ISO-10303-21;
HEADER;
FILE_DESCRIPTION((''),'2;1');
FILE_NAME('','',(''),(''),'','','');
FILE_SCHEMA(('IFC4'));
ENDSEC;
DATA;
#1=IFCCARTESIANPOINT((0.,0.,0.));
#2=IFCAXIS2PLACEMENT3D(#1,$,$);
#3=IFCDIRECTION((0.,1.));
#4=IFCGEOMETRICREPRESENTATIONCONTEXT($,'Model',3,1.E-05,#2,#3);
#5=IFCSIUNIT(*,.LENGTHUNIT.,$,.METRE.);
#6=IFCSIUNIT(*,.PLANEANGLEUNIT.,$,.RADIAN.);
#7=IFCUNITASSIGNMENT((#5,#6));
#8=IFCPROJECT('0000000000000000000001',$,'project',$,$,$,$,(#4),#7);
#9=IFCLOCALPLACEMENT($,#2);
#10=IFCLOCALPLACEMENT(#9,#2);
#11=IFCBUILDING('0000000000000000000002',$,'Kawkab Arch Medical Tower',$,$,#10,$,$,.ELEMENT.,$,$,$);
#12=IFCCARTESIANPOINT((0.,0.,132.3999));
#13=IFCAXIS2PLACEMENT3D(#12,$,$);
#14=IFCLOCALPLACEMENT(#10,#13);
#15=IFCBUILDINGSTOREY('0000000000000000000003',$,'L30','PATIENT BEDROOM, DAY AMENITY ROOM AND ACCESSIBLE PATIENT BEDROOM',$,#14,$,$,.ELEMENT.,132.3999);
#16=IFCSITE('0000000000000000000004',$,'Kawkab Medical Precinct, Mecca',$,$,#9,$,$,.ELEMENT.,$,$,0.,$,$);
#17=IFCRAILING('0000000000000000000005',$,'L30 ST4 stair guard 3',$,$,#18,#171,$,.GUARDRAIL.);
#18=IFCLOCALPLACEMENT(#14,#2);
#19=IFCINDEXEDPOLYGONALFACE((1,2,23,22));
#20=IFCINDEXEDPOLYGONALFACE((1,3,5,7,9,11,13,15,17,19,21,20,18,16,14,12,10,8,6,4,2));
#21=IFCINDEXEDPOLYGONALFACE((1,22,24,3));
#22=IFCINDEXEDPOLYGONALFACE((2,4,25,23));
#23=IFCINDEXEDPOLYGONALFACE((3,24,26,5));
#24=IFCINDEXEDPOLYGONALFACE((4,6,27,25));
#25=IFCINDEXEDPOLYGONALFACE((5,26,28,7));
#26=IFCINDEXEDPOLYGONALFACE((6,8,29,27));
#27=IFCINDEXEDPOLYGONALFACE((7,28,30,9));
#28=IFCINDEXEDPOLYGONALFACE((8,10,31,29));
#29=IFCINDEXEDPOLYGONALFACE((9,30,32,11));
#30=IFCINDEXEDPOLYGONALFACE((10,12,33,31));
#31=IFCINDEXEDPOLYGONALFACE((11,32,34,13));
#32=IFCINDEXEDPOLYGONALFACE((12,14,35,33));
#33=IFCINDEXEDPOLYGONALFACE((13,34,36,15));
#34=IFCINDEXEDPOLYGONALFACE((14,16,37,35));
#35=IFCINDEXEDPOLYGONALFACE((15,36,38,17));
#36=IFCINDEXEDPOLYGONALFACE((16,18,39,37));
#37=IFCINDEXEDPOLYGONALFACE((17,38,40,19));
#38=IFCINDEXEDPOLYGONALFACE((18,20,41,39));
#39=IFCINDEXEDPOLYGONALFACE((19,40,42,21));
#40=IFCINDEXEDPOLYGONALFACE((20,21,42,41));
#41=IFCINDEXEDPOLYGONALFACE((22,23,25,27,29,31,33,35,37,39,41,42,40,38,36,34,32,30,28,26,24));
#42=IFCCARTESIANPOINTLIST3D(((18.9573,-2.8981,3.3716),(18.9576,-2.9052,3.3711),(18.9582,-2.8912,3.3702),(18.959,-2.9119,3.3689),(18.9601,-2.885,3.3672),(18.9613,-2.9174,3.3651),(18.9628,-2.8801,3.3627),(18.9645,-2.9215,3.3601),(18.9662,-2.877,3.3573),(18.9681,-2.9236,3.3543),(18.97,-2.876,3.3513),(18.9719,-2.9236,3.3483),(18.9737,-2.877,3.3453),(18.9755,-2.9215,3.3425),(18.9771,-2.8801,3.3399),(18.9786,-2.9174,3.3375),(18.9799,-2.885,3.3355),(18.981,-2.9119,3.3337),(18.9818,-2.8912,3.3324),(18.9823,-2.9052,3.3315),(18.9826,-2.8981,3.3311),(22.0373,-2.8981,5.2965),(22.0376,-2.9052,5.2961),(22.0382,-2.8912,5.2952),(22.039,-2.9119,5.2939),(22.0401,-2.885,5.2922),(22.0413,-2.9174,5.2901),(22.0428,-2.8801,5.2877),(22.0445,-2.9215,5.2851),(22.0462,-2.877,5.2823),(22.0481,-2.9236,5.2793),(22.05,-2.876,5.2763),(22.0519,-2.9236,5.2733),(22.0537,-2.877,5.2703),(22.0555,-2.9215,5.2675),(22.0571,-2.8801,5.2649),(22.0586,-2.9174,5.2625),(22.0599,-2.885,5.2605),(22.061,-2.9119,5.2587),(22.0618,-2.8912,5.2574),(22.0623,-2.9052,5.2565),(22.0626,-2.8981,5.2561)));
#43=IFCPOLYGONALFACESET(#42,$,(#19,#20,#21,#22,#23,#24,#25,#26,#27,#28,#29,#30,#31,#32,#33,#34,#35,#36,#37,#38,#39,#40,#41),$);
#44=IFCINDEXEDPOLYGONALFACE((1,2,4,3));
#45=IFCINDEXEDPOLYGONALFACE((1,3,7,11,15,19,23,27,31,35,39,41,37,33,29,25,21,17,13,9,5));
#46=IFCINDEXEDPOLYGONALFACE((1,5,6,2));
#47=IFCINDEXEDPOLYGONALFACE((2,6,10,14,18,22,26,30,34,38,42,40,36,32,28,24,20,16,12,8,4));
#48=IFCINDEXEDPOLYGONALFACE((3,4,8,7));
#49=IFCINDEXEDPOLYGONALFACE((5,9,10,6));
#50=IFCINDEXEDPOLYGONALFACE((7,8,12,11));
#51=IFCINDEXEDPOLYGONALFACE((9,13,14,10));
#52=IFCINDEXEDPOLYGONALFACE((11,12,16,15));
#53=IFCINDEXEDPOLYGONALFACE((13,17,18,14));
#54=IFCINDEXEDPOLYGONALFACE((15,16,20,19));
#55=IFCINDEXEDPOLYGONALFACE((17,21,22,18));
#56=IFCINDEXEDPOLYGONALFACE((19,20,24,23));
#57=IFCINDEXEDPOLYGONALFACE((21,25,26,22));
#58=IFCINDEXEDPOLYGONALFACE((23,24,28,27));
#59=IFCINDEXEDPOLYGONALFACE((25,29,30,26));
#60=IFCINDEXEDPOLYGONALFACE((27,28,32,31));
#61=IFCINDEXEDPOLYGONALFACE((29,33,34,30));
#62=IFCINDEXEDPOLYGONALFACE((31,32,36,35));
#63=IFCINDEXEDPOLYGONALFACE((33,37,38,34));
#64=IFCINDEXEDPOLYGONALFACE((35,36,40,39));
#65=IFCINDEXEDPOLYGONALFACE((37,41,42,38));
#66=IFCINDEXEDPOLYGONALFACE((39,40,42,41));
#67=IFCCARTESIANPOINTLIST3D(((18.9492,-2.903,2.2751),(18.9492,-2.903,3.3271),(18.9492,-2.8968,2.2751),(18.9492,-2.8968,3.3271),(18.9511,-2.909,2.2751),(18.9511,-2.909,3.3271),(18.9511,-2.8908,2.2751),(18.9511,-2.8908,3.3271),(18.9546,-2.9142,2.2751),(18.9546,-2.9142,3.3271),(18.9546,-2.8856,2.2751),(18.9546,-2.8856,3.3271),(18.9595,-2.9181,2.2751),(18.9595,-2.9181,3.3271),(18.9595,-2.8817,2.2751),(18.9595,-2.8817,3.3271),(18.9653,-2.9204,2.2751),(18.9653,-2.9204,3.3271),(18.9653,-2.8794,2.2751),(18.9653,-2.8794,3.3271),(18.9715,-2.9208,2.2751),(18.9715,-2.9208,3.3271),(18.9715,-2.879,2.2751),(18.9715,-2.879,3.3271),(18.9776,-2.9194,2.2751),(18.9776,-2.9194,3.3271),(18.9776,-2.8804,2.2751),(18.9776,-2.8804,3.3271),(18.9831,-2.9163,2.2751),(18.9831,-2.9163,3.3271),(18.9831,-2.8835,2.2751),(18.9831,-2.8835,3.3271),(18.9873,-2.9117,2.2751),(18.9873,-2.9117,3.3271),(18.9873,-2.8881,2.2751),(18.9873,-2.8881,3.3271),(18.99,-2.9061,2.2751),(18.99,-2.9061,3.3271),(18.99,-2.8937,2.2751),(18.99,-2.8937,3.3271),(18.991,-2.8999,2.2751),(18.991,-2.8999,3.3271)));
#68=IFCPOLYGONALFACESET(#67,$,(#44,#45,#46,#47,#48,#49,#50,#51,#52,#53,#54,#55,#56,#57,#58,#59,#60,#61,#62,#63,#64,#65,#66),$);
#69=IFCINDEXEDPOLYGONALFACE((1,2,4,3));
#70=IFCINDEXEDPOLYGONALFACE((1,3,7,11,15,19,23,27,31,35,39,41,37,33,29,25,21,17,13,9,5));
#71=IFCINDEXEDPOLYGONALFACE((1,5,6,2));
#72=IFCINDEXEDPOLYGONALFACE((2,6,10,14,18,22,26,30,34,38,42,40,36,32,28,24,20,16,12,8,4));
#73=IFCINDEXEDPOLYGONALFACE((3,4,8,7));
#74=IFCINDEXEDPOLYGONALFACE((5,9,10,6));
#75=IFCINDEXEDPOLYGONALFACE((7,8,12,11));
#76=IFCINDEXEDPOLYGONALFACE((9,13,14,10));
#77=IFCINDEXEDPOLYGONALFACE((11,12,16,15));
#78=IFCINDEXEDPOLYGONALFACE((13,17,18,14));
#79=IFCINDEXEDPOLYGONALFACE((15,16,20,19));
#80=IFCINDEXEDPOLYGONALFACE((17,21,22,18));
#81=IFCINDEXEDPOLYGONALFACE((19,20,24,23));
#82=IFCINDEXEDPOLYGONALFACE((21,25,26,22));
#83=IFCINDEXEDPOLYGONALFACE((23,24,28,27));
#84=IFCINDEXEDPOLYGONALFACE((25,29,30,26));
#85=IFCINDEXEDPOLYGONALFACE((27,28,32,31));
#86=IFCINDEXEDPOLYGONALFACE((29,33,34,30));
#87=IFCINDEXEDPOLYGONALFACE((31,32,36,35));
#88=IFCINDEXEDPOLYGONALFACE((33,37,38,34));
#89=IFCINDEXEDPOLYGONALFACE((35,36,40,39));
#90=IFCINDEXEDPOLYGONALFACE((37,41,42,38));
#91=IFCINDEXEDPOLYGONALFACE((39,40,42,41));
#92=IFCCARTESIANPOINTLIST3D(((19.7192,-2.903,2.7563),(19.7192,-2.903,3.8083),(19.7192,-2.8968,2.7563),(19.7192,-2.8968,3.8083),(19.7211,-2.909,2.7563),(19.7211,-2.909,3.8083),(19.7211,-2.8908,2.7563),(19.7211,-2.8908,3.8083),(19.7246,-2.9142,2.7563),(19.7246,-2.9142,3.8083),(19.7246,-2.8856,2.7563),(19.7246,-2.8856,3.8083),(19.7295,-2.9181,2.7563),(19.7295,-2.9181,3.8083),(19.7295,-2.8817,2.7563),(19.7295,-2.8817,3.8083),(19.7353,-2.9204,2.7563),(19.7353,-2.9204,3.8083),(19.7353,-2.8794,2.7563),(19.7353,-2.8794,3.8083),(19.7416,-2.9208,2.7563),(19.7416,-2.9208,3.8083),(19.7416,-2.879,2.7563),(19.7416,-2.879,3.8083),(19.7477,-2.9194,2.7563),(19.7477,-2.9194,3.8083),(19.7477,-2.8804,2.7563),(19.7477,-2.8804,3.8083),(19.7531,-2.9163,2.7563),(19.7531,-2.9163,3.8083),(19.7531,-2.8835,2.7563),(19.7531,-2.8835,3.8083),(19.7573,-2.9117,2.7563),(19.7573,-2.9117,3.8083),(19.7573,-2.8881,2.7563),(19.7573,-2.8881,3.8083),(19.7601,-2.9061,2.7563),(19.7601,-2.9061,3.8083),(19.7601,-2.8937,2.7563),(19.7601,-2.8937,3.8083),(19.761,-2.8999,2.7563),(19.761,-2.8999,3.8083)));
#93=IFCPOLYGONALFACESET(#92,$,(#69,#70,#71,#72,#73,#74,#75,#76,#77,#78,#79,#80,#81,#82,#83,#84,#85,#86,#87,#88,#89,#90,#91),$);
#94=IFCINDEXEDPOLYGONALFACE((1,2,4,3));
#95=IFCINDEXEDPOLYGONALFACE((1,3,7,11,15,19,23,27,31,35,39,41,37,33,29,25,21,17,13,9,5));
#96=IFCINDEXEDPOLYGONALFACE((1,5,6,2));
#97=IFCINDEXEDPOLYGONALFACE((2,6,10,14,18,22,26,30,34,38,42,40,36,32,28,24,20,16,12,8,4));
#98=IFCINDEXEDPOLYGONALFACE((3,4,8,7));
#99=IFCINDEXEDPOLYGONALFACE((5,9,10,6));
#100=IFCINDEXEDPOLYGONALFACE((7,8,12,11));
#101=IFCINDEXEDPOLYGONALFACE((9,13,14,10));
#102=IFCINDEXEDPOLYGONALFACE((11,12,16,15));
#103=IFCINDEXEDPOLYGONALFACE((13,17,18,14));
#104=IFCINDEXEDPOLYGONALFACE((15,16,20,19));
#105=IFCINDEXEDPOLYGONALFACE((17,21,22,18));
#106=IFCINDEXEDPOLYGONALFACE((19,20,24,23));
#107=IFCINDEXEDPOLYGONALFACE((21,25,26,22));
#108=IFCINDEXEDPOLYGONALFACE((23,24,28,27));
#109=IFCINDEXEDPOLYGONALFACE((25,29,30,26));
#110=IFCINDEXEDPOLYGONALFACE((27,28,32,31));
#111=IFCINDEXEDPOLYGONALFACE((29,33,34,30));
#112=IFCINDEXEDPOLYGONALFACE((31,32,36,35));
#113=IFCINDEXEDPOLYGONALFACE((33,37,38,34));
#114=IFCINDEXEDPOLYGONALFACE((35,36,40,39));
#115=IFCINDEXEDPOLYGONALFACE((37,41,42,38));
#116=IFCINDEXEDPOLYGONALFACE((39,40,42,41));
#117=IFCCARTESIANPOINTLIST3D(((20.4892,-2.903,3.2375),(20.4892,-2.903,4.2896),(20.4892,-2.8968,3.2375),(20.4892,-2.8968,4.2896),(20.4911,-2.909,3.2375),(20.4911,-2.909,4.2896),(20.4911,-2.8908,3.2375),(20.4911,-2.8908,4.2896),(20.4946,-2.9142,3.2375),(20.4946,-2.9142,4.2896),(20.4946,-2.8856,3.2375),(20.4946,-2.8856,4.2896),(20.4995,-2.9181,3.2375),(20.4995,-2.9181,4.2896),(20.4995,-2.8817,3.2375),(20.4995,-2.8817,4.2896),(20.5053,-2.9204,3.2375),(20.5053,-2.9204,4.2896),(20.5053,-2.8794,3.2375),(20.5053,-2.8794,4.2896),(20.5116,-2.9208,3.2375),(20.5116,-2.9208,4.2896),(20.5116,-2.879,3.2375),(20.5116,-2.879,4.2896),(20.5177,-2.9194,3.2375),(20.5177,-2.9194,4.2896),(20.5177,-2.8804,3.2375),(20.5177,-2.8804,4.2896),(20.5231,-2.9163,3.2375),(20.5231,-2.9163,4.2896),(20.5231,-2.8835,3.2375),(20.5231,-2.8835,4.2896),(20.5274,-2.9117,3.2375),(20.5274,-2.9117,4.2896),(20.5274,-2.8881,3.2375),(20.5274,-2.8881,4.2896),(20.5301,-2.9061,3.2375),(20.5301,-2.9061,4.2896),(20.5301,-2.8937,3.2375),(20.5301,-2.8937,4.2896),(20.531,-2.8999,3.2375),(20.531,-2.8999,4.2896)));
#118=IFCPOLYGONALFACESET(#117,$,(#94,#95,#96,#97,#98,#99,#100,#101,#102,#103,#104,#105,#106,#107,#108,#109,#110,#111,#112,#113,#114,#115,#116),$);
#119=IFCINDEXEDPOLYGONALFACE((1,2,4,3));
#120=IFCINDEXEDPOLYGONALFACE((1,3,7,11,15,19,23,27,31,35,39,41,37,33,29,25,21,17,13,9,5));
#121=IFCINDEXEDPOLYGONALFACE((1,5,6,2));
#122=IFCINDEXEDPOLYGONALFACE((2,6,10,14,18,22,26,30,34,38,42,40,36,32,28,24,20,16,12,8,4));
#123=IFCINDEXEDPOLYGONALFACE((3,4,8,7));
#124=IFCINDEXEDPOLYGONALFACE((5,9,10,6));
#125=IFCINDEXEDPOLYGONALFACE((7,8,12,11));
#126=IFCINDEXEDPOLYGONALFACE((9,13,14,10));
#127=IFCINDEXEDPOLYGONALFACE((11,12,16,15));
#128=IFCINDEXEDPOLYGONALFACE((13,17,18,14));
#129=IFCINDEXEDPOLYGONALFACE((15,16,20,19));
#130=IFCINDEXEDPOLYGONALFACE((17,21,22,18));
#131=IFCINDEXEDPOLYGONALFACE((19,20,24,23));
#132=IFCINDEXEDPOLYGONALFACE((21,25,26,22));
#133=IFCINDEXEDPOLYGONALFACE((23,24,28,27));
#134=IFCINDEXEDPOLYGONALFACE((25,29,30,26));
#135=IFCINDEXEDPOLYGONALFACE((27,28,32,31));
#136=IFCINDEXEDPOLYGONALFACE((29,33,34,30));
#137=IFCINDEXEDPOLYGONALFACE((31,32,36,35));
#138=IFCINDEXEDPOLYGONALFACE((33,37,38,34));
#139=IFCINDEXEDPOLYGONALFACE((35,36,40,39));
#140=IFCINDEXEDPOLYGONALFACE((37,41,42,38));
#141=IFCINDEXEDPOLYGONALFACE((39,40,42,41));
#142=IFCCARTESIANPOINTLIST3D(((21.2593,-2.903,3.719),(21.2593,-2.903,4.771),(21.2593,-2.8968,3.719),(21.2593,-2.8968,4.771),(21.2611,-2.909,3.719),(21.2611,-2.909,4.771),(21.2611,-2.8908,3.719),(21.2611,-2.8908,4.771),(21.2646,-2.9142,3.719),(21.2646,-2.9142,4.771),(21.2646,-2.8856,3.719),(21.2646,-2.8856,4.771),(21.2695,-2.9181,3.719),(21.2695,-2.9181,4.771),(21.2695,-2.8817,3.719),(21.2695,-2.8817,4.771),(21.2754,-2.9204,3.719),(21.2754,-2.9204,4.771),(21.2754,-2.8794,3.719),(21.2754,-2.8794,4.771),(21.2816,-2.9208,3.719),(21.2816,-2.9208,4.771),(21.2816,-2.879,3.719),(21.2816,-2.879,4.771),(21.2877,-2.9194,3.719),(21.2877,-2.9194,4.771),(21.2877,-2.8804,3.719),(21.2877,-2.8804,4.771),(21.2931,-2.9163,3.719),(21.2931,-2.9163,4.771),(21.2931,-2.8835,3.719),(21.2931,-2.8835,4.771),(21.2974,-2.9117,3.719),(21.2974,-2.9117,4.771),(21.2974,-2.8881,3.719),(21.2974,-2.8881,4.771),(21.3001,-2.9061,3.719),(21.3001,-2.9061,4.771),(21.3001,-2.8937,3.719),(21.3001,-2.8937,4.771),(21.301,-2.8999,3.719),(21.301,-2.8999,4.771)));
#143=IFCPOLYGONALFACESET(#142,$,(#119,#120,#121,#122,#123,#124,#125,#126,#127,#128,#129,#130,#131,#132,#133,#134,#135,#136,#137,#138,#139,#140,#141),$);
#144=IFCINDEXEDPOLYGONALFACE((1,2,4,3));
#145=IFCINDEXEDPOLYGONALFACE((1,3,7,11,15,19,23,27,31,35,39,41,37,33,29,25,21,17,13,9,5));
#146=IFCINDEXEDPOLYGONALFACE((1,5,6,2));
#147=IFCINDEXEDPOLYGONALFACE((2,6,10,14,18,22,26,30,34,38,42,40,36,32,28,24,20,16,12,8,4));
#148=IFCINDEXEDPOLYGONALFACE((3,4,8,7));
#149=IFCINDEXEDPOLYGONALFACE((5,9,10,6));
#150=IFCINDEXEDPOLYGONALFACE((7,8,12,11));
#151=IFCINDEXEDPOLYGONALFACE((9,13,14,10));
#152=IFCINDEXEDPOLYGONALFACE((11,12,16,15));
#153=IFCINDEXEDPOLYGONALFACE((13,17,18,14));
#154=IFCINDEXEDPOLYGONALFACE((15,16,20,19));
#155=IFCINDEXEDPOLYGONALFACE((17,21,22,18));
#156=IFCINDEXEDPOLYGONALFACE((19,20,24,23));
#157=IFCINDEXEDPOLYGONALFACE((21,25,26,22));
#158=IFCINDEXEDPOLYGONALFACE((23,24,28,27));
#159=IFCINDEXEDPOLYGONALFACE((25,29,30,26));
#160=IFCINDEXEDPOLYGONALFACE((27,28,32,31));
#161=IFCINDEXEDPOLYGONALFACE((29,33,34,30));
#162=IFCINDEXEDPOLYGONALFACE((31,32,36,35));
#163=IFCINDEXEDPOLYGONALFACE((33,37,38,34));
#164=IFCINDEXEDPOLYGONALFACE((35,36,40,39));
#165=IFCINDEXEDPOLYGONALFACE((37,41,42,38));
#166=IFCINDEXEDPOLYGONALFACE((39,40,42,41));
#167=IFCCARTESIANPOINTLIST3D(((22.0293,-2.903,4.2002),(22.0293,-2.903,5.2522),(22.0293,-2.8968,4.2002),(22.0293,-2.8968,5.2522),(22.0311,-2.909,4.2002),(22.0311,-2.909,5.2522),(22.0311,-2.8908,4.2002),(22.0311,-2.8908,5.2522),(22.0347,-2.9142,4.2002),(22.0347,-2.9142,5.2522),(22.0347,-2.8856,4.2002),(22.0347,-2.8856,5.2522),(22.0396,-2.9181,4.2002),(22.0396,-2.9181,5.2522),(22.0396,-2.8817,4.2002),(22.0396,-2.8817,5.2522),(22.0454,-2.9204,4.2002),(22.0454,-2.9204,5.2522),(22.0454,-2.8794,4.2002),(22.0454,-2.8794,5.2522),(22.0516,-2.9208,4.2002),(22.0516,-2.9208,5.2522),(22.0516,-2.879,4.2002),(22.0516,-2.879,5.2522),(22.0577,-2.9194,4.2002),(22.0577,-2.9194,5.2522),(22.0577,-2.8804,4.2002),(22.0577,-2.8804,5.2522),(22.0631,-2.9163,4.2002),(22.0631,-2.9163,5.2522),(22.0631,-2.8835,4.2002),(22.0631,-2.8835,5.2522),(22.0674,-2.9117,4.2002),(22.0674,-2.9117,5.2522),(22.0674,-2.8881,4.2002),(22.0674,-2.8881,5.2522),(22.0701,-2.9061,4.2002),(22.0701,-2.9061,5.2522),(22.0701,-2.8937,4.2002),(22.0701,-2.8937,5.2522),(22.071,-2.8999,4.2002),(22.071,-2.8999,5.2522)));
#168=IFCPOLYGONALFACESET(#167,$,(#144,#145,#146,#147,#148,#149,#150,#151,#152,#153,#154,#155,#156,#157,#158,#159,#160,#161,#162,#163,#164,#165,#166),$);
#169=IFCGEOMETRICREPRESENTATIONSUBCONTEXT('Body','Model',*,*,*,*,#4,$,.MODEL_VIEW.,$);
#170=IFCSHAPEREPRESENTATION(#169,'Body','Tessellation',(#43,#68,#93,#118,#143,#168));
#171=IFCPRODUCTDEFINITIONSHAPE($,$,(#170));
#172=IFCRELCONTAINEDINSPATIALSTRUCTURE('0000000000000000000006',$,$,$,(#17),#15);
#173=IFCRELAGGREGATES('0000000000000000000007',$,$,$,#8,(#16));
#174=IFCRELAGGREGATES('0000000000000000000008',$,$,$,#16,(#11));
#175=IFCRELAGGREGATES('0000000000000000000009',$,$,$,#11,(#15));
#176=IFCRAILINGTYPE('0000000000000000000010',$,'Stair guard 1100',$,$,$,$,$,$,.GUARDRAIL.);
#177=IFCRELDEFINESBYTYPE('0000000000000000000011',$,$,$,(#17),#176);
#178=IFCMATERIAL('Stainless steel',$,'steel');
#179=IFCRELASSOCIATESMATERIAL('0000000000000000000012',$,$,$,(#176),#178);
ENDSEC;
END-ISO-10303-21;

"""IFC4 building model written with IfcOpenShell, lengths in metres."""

from ifc_helpers import new_model, si_unit, direction, frame, origin, origin_2d, place, context, subcontext, project, spatial, circle, extrude, material, type_object, element, save


model = new_model("IFC4")

# Units and contexts
model_context = context("Model", 3, precision=1e-05, world=origin(), true_north=direction((0.0, 1.0)))
body_context = subcontext(model_context, "Body", "Model", "MODEL_VIEW")
ifc_project = project(units=[si_unit("LENGTHUNIT", "METRE"), si_unit("PLANEANGLEUNIT", "RADIAN")], contexts=[model_context])

# Site, building, storey
site_placement = place(None, origin())
site = spatial("IfcSite", under=ifc_project, at=site_placement, Name="Kawkab Medical Precinct, Mecca", CompositionType="ELEMENT", RefElevation=0.0)
building_placement = place(site_placement, origin())
building = spatial("IfcBuilding", under=site, at=building_placement, Name="Kawkab Arch Medical Tower", CompositionType="ELEMENT")
storey_placement = place(building_placement, frame((0.0, 0.0, 132.3999)))
storey = spatial("IfcBuildingStorey", under=building, at=storey_placement, Name="L30", Description="PATIENT BEDROOM, DAY AMENITY ROOM AND ACCESSIBLE PATIENT BEDROOM", CompositionType="ELEMENT", Elevation=132.3999)

# Railing
ifc_material_1 = material(Name="Stainless steel", Category="steel")
railing_type_1 = type_object("IfcRailingType", Name="Stair guard 1100", PredefinedType="GUARDRAIL", material=ifc_material_1)
railing_1_placement = place(storey_placement, frame((18.97, -2.8999, 2.2751)))
element("IfcRailing", 1, at=railing_1_placement, inside=storey, type_object=railing_type_1, Name="L30 ST4 stair guard 3", PredefinedType="GUARDRAIL", context=body_context, shape_type="SweptSolid", body=[
    extrude(circle(Radius=0.0239, at=origin_2d()), frame((0.0, 0.0, 1.0762), z_axis=(0.847998, 0.0, 0.529999), x_axis=(0.0, 1.0, 0.0)), (0.0, 0.0, 1.0), 3.6321),
    extrude(circle(Radius=0.021, at=origin_2d()), origin(), (0.0, 0.0, 1.0), 1.052),
    extrude(circle(Radius=0.021, at=origin_2d()), frame((0.77, 0.0, 0.4812)), (0.0, 0.0, 1.0), 1.052),
    extrude(circle(Radius=0.021, at=origin_2d()), frame((1.54, 0.0, 0.9624)), (0.0, 0.0, 1.0), 1.052),
    extrude(circle(Radius=0.021, at=origin_2d()), frame((2.3101, 0.0, 1.4438)), (0.0, 0.0, 1.0), 1.052),
    extrude(circle(Radius=0.021, at=origin_2d()), frame((3.0801, 0.0, 1.925)), (0.0, 0.0, 1.0), 1.052),
])

save(model, "model.ifc")
